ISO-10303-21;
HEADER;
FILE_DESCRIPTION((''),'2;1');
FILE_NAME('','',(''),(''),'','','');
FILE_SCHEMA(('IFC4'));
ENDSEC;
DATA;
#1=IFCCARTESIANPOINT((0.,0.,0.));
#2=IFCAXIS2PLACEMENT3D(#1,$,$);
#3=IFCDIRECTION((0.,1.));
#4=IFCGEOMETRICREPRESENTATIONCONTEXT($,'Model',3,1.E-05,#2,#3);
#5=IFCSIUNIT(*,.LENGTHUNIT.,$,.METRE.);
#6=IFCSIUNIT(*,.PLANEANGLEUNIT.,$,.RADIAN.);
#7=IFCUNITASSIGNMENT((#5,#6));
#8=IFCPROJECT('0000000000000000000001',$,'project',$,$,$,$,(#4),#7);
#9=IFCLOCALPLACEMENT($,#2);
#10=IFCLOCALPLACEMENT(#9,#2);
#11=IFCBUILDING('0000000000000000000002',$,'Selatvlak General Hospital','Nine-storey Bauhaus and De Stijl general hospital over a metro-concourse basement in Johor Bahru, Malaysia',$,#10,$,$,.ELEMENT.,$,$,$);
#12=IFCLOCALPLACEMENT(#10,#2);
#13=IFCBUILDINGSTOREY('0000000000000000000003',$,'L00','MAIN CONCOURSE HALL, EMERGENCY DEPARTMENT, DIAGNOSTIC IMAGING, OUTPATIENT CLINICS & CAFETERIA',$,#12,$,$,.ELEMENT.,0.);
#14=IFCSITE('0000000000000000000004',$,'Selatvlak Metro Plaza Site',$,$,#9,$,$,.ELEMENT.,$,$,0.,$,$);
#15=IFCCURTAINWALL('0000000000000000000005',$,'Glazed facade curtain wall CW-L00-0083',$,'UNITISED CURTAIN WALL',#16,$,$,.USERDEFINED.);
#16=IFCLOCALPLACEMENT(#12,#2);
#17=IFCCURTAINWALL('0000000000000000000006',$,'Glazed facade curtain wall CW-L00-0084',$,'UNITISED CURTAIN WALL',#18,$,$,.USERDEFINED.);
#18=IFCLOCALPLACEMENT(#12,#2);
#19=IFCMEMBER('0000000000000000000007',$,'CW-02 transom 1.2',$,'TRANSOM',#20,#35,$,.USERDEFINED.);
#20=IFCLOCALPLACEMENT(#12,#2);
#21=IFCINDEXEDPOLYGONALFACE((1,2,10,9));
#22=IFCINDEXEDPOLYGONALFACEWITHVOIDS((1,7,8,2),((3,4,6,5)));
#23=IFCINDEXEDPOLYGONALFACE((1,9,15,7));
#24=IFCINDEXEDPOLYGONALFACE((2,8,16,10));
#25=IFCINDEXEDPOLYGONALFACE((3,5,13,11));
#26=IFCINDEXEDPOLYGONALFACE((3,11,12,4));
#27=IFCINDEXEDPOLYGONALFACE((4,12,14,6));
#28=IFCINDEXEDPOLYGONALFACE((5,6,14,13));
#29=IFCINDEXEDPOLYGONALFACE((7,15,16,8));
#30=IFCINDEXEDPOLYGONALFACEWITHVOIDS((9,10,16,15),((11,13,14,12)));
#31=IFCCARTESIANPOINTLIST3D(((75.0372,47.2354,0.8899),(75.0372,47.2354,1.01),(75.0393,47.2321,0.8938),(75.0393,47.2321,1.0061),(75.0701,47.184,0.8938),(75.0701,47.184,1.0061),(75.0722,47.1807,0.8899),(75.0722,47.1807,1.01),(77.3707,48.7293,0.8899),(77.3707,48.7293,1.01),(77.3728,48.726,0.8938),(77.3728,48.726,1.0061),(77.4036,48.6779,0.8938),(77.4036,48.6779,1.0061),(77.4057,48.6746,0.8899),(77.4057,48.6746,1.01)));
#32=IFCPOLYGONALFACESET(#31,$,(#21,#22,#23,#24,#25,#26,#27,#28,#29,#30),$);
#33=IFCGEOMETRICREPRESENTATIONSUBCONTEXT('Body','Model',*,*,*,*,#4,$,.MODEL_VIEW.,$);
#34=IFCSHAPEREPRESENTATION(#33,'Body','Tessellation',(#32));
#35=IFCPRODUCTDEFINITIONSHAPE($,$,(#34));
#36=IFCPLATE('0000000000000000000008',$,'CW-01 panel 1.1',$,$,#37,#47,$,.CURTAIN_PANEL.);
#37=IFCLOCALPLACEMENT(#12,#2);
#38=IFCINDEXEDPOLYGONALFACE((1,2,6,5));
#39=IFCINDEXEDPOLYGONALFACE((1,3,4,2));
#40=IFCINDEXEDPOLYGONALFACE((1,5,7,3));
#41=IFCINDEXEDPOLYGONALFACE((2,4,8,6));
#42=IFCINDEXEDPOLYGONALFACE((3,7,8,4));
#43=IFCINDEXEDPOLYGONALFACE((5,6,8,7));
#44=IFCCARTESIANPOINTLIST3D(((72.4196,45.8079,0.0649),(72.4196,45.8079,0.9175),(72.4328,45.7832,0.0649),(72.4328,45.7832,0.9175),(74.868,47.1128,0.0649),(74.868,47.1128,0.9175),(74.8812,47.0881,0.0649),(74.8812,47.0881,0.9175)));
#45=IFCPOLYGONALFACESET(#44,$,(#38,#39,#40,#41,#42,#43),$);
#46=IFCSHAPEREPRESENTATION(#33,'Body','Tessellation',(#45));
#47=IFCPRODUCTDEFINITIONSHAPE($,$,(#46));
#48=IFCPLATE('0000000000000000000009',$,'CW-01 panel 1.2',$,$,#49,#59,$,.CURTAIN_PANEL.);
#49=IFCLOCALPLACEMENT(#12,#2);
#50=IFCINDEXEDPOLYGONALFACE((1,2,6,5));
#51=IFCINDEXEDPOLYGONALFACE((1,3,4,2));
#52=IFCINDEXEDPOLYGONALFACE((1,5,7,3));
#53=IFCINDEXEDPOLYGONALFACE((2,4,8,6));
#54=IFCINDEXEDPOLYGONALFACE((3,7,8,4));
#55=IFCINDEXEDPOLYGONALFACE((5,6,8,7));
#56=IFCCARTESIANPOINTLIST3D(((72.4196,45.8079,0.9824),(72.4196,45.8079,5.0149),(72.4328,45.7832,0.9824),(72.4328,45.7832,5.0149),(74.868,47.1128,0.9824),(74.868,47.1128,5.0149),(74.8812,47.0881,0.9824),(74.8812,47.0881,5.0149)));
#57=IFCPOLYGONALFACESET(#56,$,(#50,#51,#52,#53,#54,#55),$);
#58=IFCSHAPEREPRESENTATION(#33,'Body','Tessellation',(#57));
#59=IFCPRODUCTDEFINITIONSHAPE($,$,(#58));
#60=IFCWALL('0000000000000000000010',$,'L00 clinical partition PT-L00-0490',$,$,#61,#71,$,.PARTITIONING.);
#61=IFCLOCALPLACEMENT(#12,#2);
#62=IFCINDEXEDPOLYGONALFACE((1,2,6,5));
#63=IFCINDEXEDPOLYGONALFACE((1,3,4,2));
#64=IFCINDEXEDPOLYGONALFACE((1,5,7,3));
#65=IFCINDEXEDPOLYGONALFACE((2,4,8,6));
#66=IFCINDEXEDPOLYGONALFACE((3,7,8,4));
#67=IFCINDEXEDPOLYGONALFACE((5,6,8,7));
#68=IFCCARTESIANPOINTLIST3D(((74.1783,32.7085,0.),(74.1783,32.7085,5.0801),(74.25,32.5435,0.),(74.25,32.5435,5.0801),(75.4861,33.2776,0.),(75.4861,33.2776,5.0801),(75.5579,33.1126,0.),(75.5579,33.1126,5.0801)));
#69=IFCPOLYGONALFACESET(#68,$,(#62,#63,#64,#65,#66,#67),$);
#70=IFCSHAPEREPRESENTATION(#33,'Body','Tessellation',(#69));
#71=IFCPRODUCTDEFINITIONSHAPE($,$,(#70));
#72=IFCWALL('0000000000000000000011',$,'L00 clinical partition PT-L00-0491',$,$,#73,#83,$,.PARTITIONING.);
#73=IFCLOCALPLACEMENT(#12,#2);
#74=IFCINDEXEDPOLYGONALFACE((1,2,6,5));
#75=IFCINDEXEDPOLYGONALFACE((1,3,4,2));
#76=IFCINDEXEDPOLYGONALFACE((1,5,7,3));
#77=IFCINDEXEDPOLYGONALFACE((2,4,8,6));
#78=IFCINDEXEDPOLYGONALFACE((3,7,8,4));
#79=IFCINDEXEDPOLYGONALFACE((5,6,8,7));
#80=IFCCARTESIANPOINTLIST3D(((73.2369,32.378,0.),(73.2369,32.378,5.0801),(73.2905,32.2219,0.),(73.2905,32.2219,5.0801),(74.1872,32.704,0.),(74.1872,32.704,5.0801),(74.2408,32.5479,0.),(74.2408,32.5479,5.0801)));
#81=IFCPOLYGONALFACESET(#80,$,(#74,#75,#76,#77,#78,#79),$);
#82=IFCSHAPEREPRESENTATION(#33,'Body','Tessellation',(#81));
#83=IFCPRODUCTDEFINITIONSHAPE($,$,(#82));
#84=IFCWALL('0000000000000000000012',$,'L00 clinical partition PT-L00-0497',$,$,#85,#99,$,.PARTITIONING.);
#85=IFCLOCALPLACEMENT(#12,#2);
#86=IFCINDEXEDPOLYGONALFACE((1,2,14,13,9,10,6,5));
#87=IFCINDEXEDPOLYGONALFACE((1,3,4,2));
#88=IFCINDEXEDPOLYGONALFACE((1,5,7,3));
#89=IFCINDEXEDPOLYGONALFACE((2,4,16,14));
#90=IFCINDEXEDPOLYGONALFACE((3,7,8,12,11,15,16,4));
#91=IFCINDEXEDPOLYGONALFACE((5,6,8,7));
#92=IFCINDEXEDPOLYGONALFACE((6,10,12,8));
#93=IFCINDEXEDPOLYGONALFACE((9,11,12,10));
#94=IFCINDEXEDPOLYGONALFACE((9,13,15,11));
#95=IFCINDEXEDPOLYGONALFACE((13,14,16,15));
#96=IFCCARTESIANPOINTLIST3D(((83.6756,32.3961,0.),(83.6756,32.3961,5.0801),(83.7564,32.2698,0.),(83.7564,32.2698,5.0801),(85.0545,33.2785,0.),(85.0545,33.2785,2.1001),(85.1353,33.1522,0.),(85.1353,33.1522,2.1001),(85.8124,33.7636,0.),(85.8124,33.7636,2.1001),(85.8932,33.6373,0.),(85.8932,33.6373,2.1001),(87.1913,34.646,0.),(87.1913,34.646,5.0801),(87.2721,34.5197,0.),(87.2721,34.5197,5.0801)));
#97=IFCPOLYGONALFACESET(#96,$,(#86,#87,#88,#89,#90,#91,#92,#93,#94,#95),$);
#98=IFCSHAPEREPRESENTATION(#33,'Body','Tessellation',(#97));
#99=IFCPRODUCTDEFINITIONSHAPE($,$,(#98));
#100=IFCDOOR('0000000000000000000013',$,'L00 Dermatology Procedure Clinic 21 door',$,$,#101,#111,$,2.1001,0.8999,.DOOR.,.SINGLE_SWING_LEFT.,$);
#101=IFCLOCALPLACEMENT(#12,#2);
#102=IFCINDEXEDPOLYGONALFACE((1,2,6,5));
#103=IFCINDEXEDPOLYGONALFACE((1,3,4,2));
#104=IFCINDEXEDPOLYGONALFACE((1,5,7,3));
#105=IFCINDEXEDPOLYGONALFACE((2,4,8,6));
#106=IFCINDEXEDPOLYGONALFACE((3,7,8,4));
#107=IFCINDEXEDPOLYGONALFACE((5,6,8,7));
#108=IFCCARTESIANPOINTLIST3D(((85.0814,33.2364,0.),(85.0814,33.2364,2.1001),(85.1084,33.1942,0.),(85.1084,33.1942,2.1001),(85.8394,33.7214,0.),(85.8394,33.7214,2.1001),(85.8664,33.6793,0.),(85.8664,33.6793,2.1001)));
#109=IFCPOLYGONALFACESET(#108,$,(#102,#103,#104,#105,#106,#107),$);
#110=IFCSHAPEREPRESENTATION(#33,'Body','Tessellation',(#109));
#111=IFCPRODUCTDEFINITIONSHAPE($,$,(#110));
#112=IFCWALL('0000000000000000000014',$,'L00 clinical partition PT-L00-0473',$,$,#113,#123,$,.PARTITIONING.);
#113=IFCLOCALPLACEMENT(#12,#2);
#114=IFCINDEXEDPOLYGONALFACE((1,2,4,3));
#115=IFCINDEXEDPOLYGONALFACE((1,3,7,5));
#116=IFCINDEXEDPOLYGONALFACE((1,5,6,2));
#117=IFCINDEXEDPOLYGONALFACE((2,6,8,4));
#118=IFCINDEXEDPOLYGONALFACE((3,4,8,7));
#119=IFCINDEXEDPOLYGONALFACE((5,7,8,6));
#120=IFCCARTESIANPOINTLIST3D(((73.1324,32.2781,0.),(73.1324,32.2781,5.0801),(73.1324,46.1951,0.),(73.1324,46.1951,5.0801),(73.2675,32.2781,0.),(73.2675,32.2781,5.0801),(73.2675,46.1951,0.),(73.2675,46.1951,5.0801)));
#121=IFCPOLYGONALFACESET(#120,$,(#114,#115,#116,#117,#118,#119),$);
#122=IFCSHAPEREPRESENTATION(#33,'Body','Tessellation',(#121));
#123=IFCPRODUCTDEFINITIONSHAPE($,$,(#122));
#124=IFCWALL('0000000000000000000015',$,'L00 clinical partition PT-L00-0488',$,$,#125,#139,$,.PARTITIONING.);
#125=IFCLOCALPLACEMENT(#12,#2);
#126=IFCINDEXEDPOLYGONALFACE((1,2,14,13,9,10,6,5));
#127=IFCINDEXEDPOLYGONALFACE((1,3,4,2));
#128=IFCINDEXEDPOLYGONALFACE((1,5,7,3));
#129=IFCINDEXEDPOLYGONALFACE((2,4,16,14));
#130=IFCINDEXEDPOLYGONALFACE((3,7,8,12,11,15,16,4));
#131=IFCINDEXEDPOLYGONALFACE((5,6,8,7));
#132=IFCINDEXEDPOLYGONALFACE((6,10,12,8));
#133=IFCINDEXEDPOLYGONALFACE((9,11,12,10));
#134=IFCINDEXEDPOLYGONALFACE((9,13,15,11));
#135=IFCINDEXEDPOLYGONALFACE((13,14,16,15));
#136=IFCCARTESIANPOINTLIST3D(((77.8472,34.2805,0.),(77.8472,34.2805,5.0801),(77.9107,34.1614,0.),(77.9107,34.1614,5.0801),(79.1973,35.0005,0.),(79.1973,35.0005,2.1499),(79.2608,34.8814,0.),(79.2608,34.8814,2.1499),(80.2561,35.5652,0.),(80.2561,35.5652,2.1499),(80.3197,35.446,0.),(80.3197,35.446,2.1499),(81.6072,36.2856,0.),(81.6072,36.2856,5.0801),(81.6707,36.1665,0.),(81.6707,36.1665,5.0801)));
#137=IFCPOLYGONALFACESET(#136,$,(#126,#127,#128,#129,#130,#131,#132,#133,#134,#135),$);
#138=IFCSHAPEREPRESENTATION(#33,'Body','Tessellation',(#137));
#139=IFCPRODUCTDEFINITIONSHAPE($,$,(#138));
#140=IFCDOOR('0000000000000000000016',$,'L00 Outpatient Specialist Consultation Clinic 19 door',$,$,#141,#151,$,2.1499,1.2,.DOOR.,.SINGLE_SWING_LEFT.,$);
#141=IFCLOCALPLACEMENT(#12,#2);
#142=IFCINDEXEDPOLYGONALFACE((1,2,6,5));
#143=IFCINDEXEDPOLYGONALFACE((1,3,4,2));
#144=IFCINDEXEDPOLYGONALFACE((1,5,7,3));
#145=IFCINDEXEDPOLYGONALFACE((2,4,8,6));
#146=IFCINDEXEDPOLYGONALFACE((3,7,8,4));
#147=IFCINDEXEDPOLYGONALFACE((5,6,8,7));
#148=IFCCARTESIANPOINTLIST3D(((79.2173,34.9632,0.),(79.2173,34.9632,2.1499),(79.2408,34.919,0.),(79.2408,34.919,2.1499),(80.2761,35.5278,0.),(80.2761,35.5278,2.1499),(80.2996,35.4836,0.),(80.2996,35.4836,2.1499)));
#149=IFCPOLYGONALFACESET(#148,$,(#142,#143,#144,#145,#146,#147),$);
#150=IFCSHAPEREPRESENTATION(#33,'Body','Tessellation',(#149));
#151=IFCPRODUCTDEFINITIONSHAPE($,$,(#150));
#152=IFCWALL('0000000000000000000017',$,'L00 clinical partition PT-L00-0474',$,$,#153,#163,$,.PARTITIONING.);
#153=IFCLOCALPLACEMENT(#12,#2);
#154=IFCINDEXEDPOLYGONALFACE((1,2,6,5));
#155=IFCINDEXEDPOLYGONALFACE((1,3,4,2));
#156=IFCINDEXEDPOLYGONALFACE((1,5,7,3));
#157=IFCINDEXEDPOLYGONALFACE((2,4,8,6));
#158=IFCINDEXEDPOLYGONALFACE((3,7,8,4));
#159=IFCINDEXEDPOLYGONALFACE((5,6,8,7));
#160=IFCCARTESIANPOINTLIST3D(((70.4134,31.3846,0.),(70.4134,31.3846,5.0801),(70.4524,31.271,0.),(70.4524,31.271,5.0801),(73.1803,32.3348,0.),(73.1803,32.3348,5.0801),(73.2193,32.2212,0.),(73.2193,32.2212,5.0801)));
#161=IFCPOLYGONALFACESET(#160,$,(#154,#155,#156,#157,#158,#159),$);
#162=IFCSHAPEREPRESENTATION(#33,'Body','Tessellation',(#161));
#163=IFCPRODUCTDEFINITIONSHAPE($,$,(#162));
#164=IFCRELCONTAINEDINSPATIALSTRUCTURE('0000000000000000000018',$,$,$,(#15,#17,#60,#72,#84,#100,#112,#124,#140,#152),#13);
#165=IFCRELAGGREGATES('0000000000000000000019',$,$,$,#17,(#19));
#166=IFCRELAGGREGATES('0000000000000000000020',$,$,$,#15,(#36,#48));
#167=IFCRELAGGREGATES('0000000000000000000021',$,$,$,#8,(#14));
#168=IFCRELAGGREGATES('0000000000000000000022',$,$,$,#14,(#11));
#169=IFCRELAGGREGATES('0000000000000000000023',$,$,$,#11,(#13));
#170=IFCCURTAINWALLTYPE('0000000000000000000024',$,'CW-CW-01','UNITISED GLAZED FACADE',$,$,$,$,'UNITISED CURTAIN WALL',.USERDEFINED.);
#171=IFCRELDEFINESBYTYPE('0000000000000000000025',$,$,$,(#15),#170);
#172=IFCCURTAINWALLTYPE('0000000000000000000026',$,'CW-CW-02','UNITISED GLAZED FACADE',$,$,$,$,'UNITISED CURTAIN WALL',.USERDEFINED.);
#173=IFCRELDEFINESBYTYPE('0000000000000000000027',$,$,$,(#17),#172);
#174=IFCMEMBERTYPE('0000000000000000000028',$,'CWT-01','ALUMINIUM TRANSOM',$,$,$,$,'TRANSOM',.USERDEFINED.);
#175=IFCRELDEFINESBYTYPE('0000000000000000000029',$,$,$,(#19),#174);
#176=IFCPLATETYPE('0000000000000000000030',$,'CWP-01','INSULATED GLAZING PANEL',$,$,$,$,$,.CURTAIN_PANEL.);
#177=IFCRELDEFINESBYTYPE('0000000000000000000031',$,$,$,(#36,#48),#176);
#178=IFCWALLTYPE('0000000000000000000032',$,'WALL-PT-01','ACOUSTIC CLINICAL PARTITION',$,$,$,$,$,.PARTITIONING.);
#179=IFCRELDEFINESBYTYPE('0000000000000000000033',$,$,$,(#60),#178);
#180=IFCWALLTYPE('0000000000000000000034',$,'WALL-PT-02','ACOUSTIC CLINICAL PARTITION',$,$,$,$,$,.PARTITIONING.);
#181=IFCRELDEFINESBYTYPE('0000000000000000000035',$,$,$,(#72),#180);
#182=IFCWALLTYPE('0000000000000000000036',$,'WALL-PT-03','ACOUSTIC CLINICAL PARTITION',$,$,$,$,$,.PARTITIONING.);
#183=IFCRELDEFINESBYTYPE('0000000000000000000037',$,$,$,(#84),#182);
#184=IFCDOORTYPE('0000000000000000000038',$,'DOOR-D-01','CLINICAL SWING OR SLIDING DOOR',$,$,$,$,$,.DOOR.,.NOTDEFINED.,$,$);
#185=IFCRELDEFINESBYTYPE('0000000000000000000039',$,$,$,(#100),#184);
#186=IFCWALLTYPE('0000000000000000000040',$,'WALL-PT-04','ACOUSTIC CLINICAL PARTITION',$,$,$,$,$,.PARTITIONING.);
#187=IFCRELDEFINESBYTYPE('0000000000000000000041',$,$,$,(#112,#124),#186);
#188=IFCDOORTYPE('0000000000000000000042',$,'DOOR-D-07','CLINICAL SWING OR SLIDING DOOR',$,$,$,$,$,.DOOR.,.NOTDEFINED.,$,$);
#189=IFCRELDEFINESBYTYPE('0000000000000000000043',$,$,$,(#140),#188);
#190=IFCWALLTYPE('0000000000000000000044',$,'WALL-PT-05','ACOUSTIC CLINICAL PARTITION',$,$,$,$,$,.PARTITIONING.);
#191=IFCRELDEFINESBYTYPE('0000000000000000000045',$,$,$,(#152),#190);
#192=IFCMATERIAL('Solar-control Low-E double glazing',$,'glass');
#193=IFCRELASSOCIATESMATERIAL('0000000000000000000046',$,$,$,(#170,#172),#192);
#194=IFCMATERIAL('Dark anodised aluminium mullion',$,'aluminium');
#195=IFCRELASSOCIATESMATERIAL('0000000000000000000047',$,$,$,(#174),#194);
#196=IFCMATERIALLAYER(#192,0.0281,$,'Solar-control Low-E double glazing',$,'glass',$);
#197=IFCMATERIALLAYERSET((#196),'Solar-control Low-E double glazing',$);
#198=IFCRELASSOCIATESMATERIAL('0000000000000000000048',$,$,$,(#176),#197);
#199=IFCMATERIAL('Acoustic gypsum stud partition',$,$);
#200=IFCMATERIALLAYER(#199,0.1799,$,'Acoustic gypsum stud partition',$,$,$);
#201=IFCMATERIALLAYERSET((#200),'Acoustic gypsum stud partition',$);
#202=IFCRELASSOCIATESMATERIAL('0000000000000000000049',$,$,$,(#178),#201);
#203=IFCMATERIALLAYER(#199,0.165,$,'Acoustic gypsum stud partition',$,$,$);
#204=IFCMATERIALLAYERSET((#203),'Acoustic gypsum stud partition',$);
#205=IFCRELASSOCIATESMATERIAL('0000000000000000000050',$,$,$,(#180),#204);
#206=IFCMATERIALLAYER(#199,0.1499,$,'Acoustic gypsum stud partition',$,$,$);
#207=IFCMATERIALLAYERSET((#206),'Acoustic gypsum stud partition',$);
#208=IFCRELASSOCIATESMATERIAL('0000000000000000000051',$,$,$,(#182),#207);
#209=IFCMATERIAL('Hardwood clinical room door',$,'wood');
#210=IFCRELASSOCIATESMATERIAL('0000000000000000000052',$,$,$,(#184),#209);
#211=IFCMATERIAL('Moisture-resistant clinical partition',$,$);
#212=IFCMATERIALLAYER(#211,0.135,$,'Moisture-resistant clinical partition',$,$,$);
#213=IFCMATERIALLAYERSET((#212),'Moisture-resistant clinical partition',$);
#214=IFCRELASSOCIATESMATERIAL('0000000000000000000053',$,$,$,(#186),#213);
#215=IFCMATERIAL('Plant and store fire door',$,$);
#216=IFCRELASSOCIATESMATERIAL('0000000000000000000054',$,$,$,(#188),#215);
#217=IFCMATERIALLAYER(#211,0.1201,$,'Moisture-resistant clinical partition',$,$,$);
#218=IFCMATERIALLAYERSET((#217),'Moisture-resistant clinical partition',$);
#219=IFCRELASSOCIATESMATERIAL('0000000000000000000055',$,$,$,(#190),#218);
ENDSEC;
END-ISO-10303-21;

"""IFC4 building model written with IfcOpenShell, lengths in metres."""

from ifc_helpers import new_model, si_unit, direction, frame, frame_2d, origin, origin_2d, place, context, subcontext, project, spatial, rectangle, hollow_rectangle, extrude, material, layer, layer_set, material_profile, profile_set, type_object, element, fill, aggregate, save


model = new_model("IFC4")

# Units and contexts
model_context = context("Model", 3, precision=1e-05, world=origin(), true_north=direction((0.0, 1.0)))
body_context = subcontext(model_context, "Body", "Model", "MODEL_VIEW")
ifc_project = project(units=[si_unit("LENGTHUNIT", "METRE"), si_unit("PLANEANGLEUNIT", "RADIAN")], contexts=[model_context])

# Site, building, storey
site_placement = place(None, origin())
site = spatial("IfcSite", under=ifc_project, at=site_placement, Name="Selatvlak Metro Plaza Site", CompositionType="ELEMENT", RefElevation=0.0)
building_placement = place(site_placement, origin())
building = spatial("IfcBuilding", under=site, at=building_placement, Name="Selatvlak General Hospital", Description="Nine-storey Bauhaus and De Stijl general hospital over a metro-concourse basement in Johor Bahru, Malaysia", CompositionType="ELEMENT")
storey_placement = place(building_placement, origin())
storey = spatial("IfcBuildingStorey", under=building, at=storey_placement, Name="L00", Description="MAIN CONCOURSE HALL, EMERGENCY DEPARTMENT, DIAGNOSTIC IMAGING, OUTPATIENT CLINICS & CAFETERIA", CompositionType="ELEMENT", Elevation=0.0)

# Curtain wall
ifc_material_1 = material(Name="Solar-control Low-E double glazing", Category="glass")
curtain_wall_type_1 = type_object("IfcCurtainWallType", Name="CW-CW-01", Description="UNITISED GLAZED FACADE", ElementType="UNITISED CURTAIN WALL", PredefinedType="USERDEFINED", material=ifc_material_1)
curtain_wall_1_placement = place(storey_placement, origin())
curtain_wall_1 = element("IfcCurtainWall", 1, at=curtain_wall_1_placement, inside=storey, type_object=curtain_wall_type_1, Name="Glazed facade curtain wall CW-L00-0083", ObjectType="UNITISED CURTAIN WALL", PredefinedType="USERDEFINED")
ifc_material_2 = material(Name="Dark anodised aluminium mullion", Category="aluminium")

# Curtain wall
curtain_wall_type_2 = type_object("IfcCurtainWallType", Name="CW-CW-02", Description="UNITISED GLAZED FACADE", ElementType="UNITISED CURTAIN WALL", PredefinedType="USERDEFINED", material=ifc_material_1)
curtain_wall_2_placement = place(storey_placement, origin())
curtain_wall_2 = element("IfcCurtainWall", 2, at=curtain_wall_2_placement, inside=storey, type_object=curtain_wall_type_2, Name="Glazed facade curtain wall CW-L00-0084", ObjectType="UNITISED CURTAIN WALL", PredefinedType="USERDEFINED")

# Member
ifc_material_profile_1 = material_profile(ifc_material_2, hollow_rectangle(XDim=0.0649, YDim=0.1201, WallThickness=0.0039, at=origin_2d()), Name="AL-TRN 65x120x4")
ifc_profile_set_1 = profile_set([ifc_material_profile_1], Name="Dark anodised aluminium mullion")
member_type_1 = type_object("IfcMemberType", Name="CWT-01", Description="ALUMINIUM TRANSOM", ElementType="TRANSOM", PredefinedType="USERDEFINED", material=ifc_profile_set_1)
member_1_placement = place(storey_placement, frame((75.0547, 47.208, 0.95), z_axis=(0.842196, 0.539171, 0.0), x_axis=(-0.539171, 0.842196, 0.0)))
member_1 = element("IfcMember", 3, at=member_1_placement, type_object=member_type_1, Name="CW-02 transom 1.2", ObjectType="TRANSOM", PredefinedType="USERDEFINED", context=body_context, shape_type="SweptSolid", body=[
    extrude(hollow_rectangle(XDim=0.0649, YDim=0.1201, WallThickness=0.0039, at=origin_2d()), origin(), (0.0, 0.0, 1.0), 2.7708),
])
aggregate(curtain_wall_2, [member_1])

# Plates
ifc_layer_1 = layer(ifc_material_1, 0.0281, Name="Solar-control Low-E double glazing", Category="glass")
ifc_layer_set_1 = layer_set([ifc_layer_1], Name="Solar-control Low-E double glazing")
plate_type = type_object("IfcPlateType", Name="CWP-01", Description="INSULATED GLAZING PANEL", PredefinedType="CURTAIN_PANEL", material=ifc_layer_set_1)
plate_1_placement = place(storey_placement, frame((73.6504, 46.448, 0.0649), z_axis=(0.0, 0.0, 1.0), x_axis=(0.882486, 0.470338, 0.0)))
plate_1 = element("IfcPlate", 4, at=plate_1_placement, type_object=plate_type, Name="CW-01 panel 1.1", PredefinedType="CURTAIN_PANEL", context=body_context, shape_type="SweptSolid", body=[
    extrude(rectangle(XDim=2.7744, YDim=0.0281, at=origin_2d()), origin(), (0.0, 0.0, 1.0), 0.8525),
])
plate_2_placement = place(storey_placement, frame((73.6504, 46.448, 0.9824), z_axis=(0.0, 0.0, 1.0), x_axis=(0.882486, 0.470338, 0.0)))
plate_2 = element("IfcPlate", 5, at=plate_2_placement, type_object=plate_type, Name="CW-01 panel 1.2", PredefinedType="CURTAIN_PANEL", context=body_context, shape_type="SweptSolid", body=[
    extrude(rectangle(XDim=2.7744, YDim=0.0281, at=origin_2d()), origin(), (0.0, 0.0, 1.0), 4.0325),
])
aggregate(curtain_wall_1, [plate_1, plate_2])

# Walls
ifc_material_3 = material(Name="Acoustic gypsum stud partition")
ifc_layer_2 = layer(ifc_material_3, 0.1799, Name="Acoustic gypsum stud partition")
ifc_layer_set_2 = layer_set([ifc_layer_2], Name="Acoustic gypsum stud partition")
wall_type_1 = type_object("IfcWallType", Name="WALL-PT-01", Description="ACOUSTIC CLINICAL PARTITION", PredefinedType="PARTITIONING", material=ifc_layer_set_2)
wall_1_placement = place(storey_placement, frame((75.522, 33.1951, 0.0), z_axis=(0.0, 0.0, 1.0), x_axis=(-0.916953, -0.398995, 0.0)))
element("IfcWall", 6, at=wall_1_placement, inside=storey, type_object=wall_type_1, Name="L00 clinical partition PT-L00-0490", PredefinedType="PARTITIONING", context=body_context, shape_type="SweptSolid", body=[
    extrude(rectangle(XDim=1.4263, YDim=0.1799, at=frame_2d((0.7131, 0.0))), origin(), (0.0, 0.0, 1.0), 5.0801),
])
ifc_layer_3 = layer(ifc_material_3, 0.165, Name="Acoustic gypsum stud partition")
ifc_layer_set_3 = layer_set([ifc_layer_3], Name="Acoustic gypsum stud partition")
wall_type_2 = type_object("IfcWallType", Name="WALL-PT-02", Description="ACOUSTIC CLINICAL PARTITION", PredefinedType="PARTITIONING", material=ifc_layer_set_3)
wall_2_placement = place(storey_placement, frame((74.2141, 32.626, 0.0), z_axis=(0.0, 0.0, 1.0), x_axis=(-0.945901, -0.324455, 0.0)))
element("IfcWall", 7, at=wall_2_placement, inside=storey, type_object=wall_type_2, Name="L00 clinical partition PT-L00-0491", PredefinedType="PARTITIONING", context=body_context, shape_type="SweptSolid", body=[
    extrude(rectangle(XDim=1.0046, YDim=0.165, at=frame_2d((0.5024, 0.0))), origin(), (0.0, 0.0, 1.0), 5.0801),
])

# Wall, opening, door
ifc_layer_4 = layer(ifc_material_3, 0.1499, Name="Acoustic gypsum stud partition")
ifc_layer_set_4 = layer_set([ifc_layer_4], Name="Acoustic gypsum stud partition")
wall_type_3 = type_object("IfcWallType", Name="WALL-PT-03", Description="ACOUSTIC CLINICAL PARTITION", PredefinedType="PARTITIONING", material=ifc_layer_set_4)
wall_3_placement = place(storey_placement, frame((83.7161, 32.333, 0.0), z_axis=(0.0, 0.0, 1.0), x_axis=(0.842288, 0.539027, 0.0)))
wall_3 = element("IfcWall", 8, at=wall_3_placement, inside=storey, type_object=wall_type_3, Name="L00 clinical partition PT-L00-0497", PredefinedType="PARTITIONING", context=body_context, shape_type="SweptSolid", body=[
    extrude(rectangle(XDim=4.1741, YDim=0.1499, at=frame_2d((2.0869, 0.0))), origin(), (0.0, 0.0, 1.0), 5.0801),
])
opening_1_placement = place(wall_3_placement, frame((1.637, 0.0, 0.0)))
opening_1 = element("IfcOpeningElement", 9, at=opening_1_placement, cuts=wall_3, PredefinedType="OPENING", context=body_context, shape_type="SweptSolid", body=[
    extrude(rectangle(XDim=0.8999, YDim=2.1001, at=frame_2d((0.45, 1.05))), frame((0.0, 0.085, 0.0), z_axis=(0.0, -1.0, 0.0), x_axis=(1.0, 0.0, 0.0)), (0.0, 0.0, 1.0), 0.1699),
])
ifc_material_4 = material(Name="Hardwood clinical room door", Category="wood")
door_type_1 = type_object("IfcDoorType", Name="DOOR-D-01", Description="CLINICAL SWING OR SLIDING DOOR", OperationType="NOTDEFINED", PredefinedType="DOOR", material=ifc_material_4)
door_1_placement = place(opening_1_placement, origin())
door_1 = element("IfcDoor", 10, at=door_1_placement, inside=storey, type_object=door_type_1, Name="L00 Dermatology Procedure Clinic 21 door", OperationType="SINGLE_SWING_LEFT", OverallHeight=2.1001, OverallWidth=0.8999, PredefinedType="DOOR", context=body_context, shape_type="SweptSolid", body=[
    extrude(rectangle(XDim=0.8999, YDim=2.1001, at=frame_2d((0.45, 1.05))), frame((0.0, 0.0249, 0.0), z_axis=(0.0, -1.0, 0.0), x_axis=(1.0, 0.0, 0.0)), (0.0, 0.0, 1.0), 0.05),
])
fill(opening_1, door_1)

# Wall
ifc_material_5 = material(Name="Moisture-resistant clinical partition")
ifc_layer_5 = layer(ifc_material_5, 0.135, Name="Moisture-resistant clinical partition")
ifc_layer_set_5 = layer_set([ifc_layer_5], Name="Moisture-resistant clinical partition")
wall_type_4 = type_object("IfcWallType", Name="WALL-PT-04", Description="ACOUSTIC CLINICAL PARTITION", PredefinedType="PARTITIONING", material=ifc_layer_set_5)
wall_4_placement = place(storey_placement, frame((73.2, 46.1951, 0.0), z_axis=(0.0, 0.0, 1.0), x_axis=(0.0, -1.0, 0.0)))
element("IfcWall", 11, at=wall_4_placement, inside=storey, type_object=wall_type_4, Name="L00 clinical partition PT-L00-0473", PredefinedType="PARTITIONING", context=body_context, shape_type="SweptSolid", body=[
    extrude(rectangle(XDim=13.917, YDim=0.135, at=frame_2d((6.9585, 0.0))), origin(), (0.0, 0.0, 1.0), 5.0801),
])

# Wall, opening, door
wall_5_placement = place(storey_placement, frame((81.6389, 36.2261, 0.0), z_axis=(0.0, 0.0, 1.0), x_axis=(-0.882374, -0.47055, 0.0)))
wall_5 = element("IfcWall", 12, at=wall_5_placement, inside=storey, type_object=wall_type_4, Name="L00 clinical partition PT-L00-0488", PredefinedType="PARTITIONING", context=body_context, shape_type="SweptSolid", body=[
    extrude(rectangle(XDim=4.2612, YDim=0.135, at=frame_2d((2.1306, 0.0))), origin(), (0.0, 0.0, 1.0), 5.0801),
])
opening_2_placement = place(wall_5_placement, frame((1.531, 0.0, 0.0)))
opening_2 = element("IfcOpeningElement", 13, at=opening_2_placement, cuts=wall_5, PredefinedType="OPENING", context=body_context, shape_type="SweptSolid", body=[
    extrude(rectangle(XDim=1.2, YDim=2.1499, at=frame_2d((0.6001, 1.075))), frame((0.0, 0.0774, 0.0), z_axis=(0.0, -1.0, 0.0), x_axis=(1.0, 0.0, 0.0)), (0.0, 0.0, 1.0), 0.155),
])
ifc_material_6 = material(Name="Plant and store fire door")
door_type_2 = type_object("IfcDoorType", Name="DOOR-D-07", Description="CLINICAL SWING OR SLIDING DOOR", OperationType="NOTDEFINED", PredefinedType="DOOR", material=ifc_material_6)
door_2_placement = place(opening_2_placement, origin())
door_2 = element("IfcDoor", 14, at=door_2_placement, inside=storey, type_object=door_type_2, Name="L00 Outpatient Specialist Consultation Clinic 19 door", OperationType="SINGLE_SWING_LEFT", OverallHeight=2.1499, OverallWidth=1.2, PredefinedType="DOOR", context=body_context, shape_type="SweptSolid", body=[
    extrude(rectangle(XDim=1.2, YDim=2.1499, at=frame_2d((0.6001, 1.075))), frame((0.0, 0.0249, 0.0), z_axis=(0.0, -1.0, 0.0), x_axis=(1.0, 0.0, 0.0)), (0.0, 0.0, 1.0), 0.05),
])
fill(opening_2, door_2)

# Wall
ifc_layer_6 = layer(ifc_material_5, 0.1201, Name="Moisture-resistant clinical partition")
ifc_layer_set_6 = layer_set([ifc_layer_6], Name="Moisture-resistant clinical partition")
wall_type_5 = type_object("IfcWallType", Name="WALL-PT-05", Description="ACOUSTIC CLINICAL PARTITION", PredefinedType="PARTITIONING", material=ifc_layer_set_6)
wall_6_placement = place(storey_placement, frame((73.2, 32.2781, 0.0), z_axis=(0.0, 0.0, 1.0), x_axis=(-0.945782, -0.324802, 0.0)))
element("IfcWall", 15, at=wall_6_placement, inside=storey, type_object=wall_type_5, Name="L00 clinical partition PT-L00-0474", PredefinedType="PARTITIONING", context=body_context, shape_type="SweptSolid", body=[
    extrude(rectangle(XDim=2.9255, YDim=0.1201, at=frame_2d((1.4629, 0.0))), origin(), (0.0, 0.0, 1.0), 5.0801),
])

save(model, "model.ifc")
